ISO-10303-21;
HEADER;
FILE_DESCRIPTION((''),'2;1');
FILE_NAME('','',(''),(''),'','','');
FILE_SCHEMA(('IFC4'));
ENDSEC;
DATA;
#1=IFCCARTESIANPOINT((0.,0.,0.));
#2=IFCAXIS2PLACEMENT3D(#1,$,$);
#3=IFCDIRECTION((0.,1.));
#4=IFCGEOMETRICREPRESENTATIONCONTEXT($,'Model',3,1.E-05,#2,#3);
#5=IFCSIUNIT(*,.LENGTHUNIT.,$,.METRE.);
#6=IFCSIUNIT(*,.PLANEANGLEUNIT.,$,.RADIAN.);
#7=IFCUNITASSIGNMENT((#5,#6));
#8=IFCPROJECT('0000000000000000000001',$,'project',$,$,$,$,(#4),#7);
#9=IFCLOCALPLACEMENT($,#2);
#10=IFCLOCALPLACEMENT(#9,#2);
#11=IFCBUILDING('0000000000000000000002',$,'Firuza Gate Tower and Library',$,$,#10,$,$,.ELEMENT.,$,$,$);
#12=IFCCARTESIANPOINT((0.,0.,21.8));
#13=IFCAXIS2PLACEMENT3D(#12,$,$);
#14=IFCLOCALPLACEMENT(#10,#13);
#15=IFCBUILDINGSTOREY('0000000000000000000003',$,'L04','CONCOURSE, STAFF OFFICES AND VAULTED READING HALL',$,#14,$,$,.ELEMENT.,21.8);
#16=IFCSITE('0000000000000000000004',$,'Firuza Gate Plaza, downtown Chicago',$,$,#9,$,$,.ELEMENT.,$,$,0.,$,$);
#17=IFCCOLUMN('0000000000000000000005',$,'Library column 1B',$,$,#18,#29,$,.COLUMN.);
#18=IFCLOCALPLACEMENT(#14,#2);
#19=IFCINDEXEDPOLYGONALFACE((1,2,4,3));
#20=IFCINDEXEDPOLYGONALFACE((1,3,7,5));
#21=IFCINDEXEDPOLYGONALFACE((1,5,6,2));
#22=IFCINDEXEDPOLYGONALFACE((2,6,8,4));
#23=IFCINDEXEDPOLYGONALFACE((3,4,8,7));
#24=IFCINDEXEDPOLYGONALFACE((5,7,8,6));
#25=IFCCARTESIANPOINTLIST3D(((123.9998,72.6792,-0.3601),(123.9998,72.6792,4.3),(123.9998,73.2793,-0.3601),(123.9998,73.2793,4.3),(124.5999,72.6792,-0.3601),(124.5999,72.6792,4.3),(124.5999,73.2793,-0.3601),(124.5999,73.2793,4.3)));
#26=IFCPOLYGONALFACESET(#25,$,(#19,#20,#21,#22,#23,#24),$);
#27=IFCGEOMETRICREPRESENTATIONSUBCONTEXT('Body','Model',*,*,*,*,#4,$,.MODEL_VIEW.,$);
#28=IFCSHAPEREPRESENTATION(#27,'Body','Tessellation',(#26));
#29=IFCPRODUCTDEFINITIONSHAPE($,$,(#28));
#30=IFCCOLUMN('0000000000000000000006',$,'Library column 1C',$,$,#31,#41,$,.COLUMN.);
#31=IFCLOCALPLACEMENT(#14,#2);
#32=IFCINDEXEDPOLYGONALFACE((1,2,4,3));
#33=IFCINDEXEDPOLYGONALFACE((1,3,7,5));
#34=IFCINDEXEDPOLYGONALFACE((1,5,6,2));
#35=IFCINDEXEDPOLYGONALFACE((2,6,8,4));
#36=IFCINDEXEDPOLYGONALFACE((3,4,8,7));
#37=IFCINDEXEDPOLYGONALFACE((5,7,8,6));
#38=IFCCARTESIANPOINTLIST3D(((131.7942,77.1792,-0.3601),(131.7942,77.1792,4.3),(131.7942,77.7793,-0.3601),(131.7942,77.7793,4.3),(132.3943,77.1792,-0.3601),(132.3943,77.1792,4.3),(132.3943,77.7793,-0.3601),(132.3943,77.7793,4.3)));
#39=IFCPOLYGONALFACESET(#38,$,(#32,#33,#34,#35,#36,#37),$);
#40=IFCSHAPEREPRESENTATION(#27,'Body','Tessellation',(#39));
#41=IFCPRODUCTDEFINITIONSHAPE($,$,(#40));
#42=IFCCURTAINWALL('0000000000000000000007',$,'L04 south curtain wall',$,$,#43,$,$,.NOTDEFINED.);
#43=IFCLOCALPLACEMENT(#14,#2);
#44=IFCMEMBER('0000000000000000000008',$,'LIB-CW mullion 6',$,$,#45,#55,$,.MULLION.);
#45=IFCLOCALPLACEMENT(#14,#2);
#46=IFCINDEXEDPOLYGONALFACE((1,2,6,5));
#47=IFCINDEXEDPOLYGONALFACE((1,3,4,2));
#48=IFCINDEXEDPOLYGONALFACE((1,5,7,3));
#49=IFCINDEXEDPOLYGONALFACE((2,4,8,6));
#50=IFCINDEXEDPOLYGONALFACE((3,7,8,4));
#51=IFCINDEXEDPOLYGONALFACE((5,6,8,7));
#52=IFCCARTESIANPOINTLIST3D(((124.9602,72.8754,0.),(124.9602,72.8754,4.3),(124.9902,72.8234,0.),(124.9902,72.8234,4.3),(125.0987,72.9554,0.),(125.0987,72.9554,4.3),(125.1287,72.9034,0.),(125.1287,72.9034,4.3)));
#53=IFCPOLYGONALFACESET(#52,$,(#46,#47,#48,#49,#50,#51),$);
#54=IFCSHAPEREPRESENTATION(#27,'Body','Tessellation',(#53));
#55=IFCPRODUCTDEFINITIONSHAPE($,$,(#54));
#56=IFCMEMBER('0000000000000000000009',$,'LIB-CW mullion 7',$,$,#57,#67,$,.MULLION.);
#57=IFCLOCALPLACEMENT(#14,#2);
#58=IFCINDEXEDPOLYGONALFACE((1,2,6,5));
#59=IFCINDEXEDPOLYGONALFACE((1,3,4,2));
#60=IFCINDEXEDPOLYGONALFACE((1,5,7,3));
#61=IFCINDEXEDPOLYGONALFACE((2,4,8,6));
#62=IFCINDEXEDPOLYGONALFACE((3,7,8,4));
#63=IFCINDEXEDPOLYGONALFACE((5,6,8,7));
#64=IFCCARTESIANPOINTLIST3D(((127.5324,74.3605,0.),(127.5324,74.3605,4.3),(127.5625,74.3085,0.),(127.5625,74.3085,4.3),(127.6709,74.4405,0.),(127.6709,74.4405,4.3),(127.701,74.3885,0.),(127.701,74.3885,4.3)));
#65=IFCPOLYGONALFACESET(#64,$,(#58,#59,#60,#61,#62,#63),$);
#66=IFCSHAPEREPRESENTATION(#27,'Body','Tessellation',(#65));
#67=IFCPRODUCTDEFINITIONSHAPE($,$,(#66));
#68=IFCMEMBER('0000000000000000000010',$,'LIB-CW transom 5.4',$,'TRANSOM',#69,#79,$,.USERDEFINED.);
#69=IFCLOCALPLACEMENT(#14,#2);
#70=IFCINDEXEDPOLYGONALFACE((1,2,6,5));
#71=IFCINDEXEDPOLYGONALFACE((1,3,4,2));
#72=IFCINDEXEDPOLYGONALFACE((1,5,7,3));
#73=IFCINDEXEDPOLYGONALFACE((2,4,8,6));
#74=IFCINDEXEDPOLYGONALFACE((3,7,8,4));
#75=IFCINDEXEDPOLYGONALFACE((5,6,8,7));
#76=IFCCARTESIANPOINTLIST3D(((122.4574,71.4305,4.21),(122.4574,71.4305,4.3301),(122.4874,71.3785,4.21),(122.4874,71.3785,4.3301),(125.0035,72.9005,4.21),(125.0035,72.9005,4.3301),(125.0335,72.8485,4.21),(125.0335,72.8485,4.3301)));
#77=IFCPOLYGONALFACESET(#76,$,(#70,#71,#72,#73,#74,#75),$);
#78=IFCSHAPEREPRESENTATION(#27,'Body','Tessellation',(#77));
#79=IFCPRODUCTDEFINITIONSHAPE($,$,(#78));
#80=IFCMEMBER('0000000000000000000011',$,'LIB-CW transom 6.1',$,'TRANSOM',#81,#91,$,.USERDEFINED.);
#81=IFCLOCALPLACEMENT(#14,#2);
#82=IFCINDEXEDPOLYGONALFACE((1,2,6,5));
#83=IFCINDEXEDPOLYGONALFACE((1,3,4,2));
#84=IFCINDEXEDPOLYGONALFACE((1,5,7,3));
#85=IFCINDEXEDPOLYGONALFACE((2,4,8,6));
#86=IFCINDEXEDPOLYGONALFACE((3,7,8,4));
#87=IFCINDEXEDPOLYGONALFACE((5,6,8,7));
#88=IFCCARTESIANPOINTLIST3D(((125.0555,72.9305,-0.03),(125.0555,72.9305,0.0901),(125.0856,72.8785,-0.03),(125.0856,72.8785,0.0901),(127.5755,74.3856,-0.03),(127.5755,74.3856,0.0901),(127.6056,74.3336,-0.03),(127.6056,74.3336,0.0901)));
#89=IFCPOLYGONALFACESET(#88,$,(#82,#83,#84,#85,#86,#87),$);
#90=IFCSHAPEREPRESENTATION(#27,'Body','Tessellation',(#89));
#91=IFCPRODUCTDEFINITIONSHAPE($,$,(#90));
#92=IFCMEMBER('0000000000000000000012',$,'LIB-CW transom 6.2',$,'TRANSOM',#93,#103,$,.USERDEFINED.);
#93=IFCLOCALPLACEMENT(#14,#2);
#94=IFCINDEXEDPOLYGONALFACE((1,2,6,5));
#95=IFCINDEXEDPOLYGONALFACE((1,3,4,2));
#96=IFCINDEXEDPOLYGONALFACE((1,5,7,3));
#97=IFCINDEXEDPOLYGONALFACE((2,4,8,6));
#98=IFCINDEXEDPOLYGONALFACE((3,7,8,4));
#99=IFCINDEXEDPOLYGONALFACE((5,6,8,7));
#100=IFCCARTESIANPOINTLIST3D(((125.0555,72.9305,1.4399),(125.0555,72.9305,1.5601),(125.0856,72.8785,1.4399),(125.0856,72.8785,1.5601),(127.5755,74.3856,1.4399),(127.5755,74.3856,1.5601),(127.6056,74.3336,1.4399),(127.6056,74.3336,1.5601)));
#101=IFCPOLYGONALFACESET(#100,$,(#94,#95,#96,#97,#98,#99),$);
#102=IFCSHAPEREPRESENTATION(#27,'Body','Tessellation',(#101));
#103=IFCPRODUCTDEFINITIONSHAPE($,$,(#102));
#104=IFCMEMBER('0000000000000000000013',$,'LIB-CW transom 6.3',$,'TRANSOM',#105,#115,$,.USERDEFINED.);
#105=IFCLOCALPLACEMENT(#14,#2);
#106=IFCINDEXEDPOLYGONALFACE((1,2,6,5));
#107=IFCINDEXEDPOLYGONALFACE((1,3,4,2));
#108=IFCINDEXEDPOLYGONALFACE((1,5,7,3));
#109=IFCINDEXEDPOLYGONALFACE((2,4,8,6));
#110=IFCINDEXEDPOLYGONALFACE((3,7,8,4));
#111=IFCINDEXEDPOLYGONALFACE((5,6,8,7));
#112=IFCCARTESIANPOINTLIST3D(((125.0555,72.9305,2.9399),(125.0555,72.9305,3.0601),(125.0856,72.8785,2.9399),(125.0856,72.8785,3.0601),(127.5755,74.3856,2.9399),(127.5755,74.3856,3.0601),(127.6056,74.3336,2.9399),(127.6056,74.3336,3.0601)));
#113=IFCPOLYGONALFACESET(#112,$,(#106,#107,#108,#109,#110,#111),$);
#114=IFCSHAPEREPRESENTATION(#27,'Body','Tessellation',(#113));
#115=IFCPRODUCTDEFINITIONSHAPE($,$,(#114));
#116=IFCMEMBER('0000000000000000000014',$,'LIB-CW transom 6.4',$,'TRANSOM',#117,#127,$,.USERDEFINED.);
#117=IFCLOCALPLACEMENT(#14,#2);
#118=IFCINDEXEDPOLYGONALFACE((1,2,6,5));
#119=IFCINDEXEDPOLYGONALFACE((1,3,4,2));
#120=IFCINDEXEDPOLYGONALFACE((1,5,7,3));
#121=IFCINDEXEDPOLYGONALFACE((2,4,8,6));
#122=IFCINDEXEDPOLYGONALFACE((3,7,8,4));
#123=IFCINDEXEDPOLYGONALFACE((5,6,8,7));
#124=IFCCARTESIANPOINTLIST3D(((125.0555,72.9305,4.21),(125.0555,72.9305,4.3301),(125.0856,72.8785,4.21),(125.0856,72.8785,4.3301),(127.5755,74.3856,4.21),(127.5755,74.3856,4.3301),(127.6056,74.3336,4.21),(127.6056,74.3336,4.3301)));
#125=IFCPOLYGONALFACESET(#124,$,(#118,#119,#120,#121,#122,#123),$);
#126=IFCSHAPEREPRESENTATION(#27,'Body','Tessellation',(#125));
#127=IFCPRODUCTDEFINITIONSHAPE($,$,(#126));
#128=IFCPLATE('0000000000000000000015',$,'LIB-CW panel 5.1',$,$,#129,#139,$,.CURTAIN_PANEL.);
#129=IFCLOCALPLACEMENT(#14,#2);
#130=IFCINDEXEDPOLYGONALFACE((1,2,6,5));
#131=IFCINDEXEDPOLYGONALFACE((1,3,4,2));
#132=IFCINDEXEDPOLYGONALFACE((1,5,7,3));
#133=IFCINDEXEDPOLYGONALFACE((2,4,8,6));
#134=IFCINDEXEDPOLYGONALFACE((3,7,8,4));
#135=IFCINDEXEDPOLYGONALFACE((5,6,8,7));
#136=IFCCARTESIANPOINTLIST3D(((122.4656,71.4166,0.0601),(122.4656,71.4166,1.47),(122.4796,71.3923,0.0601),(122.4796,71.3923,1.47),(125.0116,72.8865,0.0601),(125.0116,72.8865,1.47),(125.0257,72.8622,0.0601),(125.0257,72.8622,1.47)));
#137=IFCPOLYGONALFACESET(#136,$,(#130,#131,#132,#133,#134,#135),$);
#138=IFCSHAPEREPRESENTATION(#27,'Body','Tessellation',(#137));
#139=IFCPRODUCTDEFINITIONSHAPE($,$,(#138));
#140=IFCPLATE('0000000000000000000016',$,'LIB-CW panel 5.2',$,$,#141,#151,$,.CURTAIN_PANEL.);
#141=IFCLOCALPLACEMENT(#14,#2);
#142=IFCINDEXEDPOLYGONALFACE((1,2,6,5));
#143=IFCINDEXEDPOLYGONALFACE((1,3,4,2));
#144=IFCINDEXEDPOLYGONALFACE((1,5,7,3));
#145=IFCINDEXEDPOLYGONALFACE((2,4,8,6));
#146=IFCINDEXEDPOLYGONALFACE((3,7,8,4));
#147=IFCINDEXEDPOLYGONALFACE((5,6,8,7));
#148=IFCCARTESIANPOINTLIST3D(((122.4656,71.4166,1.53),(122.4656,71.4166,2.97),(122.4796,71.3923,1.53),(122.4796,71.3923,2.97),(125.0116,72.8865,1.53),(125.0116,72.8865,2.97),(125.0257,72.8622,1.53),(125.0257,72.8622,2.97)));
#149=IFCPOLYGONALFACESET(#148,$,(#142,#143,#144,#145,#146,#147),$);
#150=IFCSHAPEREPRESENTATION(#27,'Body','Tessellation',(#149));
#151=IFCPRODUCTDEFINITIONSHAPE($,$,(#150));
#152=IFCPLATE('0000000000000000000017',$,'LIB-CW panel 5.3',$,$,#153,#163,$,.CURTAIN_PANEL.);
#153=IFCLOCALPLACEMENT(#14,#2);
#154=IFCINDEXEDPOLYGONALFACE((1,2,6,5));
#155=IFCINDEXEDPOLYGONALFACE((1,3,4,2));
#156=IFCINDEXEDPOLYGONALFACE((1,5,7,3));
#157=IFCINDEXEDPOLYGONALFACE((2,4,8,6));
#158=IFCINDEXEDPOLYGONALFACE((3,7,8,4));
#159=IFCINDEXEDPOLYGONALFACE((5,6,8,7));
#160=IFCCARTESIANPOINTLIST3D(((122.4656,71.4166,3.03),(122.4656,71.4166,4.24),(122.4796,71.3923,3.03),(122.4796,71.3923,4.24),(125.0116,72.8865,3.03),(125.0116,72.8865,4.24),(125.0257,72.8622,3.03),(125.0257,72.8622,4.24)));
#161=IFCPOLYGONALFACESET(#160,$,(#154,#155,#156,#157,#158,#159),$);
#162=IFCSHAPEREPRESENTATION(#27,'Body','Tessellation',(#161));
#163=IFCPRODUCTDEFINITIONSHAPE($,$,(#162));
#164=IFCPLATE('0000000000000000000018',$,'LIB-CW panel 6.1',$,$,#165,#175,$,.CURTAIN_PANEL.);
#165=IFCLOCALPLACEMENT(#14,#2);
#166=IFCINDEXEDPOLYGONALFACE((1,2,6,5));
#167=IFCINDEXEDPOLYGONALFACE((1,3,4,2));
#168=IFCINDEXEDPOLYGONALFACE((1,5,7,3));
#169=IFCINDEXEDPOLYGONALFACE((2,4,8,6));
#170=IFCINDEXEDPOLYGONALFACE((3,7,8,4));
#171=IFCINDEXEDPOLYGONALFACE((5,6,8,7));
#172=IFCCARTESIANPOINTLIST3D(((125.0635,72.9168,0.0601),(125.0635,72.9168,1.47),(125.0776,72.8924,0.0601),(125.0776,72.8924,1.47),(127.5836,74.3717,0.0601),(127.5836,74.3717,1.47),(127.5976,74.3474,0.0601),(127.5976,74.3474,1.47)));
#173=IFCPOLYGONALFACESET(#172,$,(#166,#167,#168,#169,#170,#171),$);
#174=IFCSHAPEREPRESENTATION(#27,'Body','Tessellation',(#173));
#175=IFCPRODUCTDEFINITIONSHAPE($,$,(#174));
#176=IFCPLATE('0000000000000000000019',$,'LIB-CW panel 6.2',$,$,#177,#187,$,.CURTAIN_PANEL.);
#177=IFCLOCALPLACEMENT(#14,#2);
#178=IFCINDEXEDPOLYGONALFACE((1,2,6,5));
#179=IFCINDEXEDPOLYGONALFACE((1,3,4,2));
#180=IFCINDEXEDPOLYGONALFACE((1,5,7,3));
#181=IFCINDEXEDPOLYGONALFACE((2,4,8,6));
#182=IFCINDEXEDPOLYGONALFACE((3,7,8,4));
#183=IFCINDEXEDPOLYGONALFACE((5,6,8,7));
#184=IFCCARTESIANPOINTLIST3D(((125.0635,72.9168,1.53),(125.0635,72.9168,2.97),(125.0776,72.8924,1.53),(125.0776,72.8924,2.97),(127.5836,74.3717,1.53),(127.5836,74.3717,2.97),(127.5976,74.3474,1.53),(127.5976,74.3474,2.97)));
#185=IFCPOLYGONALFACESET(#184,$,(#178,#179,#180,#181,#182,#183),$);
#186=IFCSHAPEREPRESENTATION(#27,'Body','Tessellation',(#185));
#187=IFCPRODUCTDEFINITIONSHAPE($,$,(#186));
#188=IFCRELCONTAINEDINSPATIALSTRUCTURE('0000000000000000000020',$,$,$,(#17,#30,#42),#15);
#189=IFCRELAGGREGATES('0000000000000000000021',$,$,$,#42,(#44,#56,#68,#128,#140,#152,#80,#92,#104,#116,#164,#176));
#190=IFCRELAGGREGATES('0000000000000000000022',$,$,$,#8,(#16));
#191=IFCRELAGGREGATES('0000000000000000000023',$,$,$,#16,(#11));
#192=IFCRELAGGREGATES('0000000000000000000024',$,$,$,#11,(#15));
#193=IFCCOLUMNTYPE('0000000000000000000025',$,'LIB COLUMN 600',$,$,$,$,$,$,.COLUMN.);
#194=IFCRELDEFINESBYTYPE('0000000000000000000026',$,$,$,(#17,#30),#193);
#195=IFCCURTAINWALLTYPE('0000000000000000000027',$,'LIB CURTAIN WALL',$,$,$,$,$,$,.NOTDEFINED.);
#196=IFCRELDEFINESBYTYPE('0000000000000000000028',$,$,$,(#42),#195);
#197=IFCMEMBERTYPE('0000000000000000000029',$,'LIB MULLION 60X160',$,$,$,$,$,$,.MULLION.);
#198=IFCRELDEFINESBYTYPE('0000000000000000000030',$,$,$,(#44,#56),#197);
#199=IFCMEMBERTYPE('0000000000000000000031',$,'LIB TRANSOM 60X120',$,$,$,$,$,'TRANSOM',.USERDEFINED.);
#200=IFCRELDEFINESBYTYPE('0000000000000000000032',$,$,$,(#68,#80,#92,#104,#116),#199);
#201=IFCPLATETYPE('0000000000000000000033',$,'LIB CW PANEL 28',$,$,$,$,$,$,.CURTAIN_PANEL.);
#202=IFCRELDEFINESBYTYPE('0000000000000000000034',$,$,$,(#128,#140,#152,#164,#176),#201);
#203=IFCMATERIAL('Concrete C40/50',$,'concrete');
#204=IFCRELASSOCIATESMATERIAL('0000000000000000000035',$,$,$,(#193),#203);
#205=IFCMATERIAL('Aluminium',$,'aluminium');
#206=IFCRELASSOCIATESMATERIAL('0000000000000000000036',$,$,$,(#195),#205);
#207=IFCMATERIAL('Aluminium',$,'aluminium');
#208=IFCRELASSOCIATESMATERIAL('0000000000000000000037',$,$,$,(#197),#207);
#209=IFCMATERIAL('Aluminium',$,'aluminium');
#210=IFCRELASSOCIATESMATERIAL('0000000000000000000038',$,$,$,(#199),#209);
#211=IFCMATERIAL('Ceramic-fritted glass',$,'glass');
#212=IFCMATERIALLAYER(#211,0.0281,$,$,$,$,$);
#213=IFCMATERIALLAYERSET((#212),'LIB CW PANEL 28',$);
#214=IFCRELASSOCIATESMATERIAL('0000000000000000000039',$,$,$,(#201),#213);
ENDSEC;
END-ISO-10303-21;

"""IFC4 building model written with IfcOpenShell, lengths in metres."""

from ifc_helpers import new_model, si_unit, direction, frame, origin, origin_2d, place, context, subcontext, project, spatial, rectangle, extrude, material, layer, layer_set, material_profile, profile_set, type_object, element, aggregate, save


model = new_model("IFC4")

# Units and contexts
model_context = context("Model", 3, precision=1e-05, world=origin(), true_north=direction((0.0, 1.0)))
body_context = subcontext(model_context, "Body", "Model", "MODEL_VIEW")
ifc_project = project(units=[si_unit("LENGTHUNIT", "METRE"), si_unit("PLANEANGLEUNIT", "RADIAN")], contexts=[model_context])

# Site, building, storey
site_placement = place(None, origin())
site = spatial("IfcSite", under=ifc_project, at=site_placement, Name="Firuza Gate Plaza, downtown Chicago", CompositionType="ELEMENT", RefElevation=0.0)
building_placement = place(site_placement, origin())
building = spatial("IfcBuilding", under=site, at=building_placement, Name="Firuza Gate Tower and Library", CompositionType="ELEMENT")
storey_placement = place(building_placement, frame((0.0, 0.0, 21.8)))
storey = spatial("IfcBuildingStorey", under=building, at=storey_placement, Name="L04", Description="CONCOURSE, STAFF OFFICES AND VAULTED READING HALL", CompositionType="ELEMENT", Elevation=21.8)

# Columns
ifc_material_1 = material(Name="Concrete C40/50", Category="concrete")
ifc_material_profile_1 = material_profile(ifc_material_1, rectangle(XDim=0.6001, YDim=0.6001, at=origin_2d()))
ifc_profile_set_1 = profile_set([ifc_material_profile_1], Name="Concrete C40/50")
column_type = type_object("IfcColumnType", Name="LIB COLUMN 600", PredefinedType="COLUMN", material=ifc_profile_set_1)
for number, where, z_axis, x_axis, name in (
    (1, (124.2998, 72.9792, -0.3601), (0.0, 0.0, 1.0), (1.0, 0.0, 0.0), "Library column 1B"),
    (2, (132.0942, 77.4792, -0.3601), (0.0, 0.0, 1.0), (1.0, 0.0, 0.0), "Library column 1C"),
):
    element("IfcColumn", number, at=place(storey_placement, frame(where, z_axis=z_axis, x_axis=x_axis)), inside=storey, type_object=column_type, Name=name, PredefinedType="COLUMN", context=body_context, shape_type="SweptSolid", body=[
        extrude(rectangle(XDim=0.6001, YDim=0.6001, at=origin_2d()), origin(), (0.0, 0.0, 1.0), 4.6602),
    ])

# Curtain wall, members, plates
ifc_material_2 = material(Name="Aluminium", Category="aluminium")
curtain_wall_type = type_object("IfcCurtainWallType", Name="LIB CURTAIN WALL", PredefinedType="NOTDEFINED", material=ifc_material_2)
curtain_wall_placement = place(storey_placement, origin())
curtain_wall = element("IfcCurtainWall", 3, at=curtain_wall_placement, inside=storey, type_object=curtain_wall_type, Name="L04 south curtain wall", PredefinedType="NOTDEFINED")
ifc_material_3 = material(Name="Aluminium", Category="aluminium")
ifc_material_profile_2 = material_profile(ifc_material_3, rectangle(XDim=0.0601, YDim=0.1599, at=origin_2d()))
ifc_profile_set_2 = profile_set([ifc_material_profile_2], Name="Aluminium")
member_type_1 = type_object("IfcMemberType", Name="LIB MULLION 60X160", PredefinedType="MULLION", material=ifc_profile_set_2)
member_1_placement = place(storey_placement, frame((125.0444, 72.8894, 0.0), z_axis=(0.0, 0.0, 1.0), x_axis=(-0.500001, 0.866025, 0.0)))
member_1 = element("IfcMember", 4, at=member_1_placement, type_object=member_type_1, Name="LIB-CW mullion 6", PredefinedType="MULLION", context=body_context, shape_type="SweptSolid", body=[
    extrude(rectangle(XDim=0.0601, YDim=0.1599, at=origin_2d()), origin(), (0.0, 0.0, 1.0), 4.3),
])
member_2_placement = place(storey_placement, frame((127.6167, 74.3745, 0.0), z_axis=(0.0, 0.0, 1.0), x_axis=(-0.500001, 0.866025, 0.0)))
member_2 = element("IfcMember", 5, at=member_2_placement, type_object=member_type_1, Name="LIB-CW mullion 7", PredefinedType="MULLION", context=body_context, shape_type="SweptSolid", body=[
    extrude(rectangle(XDim=0.0601, YDim=0.1599, at=origin_2d()), origin(), (0.0, 0.0, 1.0), 4.3),
])
ifc_material_4 = material(Name="Aluminium", Category="aluminium")
ifc_material_profile_3 = material_profile(ifc_material_4, rectangle(XDim=0.0601, YDim=0.1201, at=origin_2d()))
ifc_profile_set_3 = profile_set([ifc_material_profile_3], Name="Aluminium")
member_type_2 = type_object("IfcMemberType", Name="LIB TRANSOM 60X120", ElementType="TRANSOM", PredefinedType="USERDEFINED", material=ifc_profile_set_3)
member_3_placement = place(storey_placement, frame((122.4724, 71.4045, 4.27), z_axis=(0.866032, 0.499988, 0.0), x_axis=(-0.499988, 0.866032, 0.0)))
member_3 = element("IfcMember", 6, at=member_3_placement, type_object=member_type_2, Name="LIB-CW transom 5.4", ObjectType="TRANSOM", PredefinedType="USERDEFINED", context=body_context, shape_type="SweptSolid", body=[
    extrude(rectangle(XDim=0.0601, YDim=0.1201, at=origin_2d()), origin(), (0.0, 0.0, 1.0), 2.9399),
])
member_4_placement = place(storey_placement, frame((125.0706, 72.9045, 0.03), z_axis=(0.866004, 0.500037, 0.0), x_axis=(-0.500037, 0.866004, 0.0)))
member_4 = element("IfcMember", 7, at=member_4_placement, type_object=member_type_2, Name="LIB-CW transom 6.1", ObjectType="TRANSOM", PredefinedType="USERDEFINED", context=body_context, shape_type="SweptSolid", body=[
    extrude(rectangle(XDim=0.0601, YDim=0.1201, at=origin_2d()), origin(), (0.0, 0.0, 1.0), 2.9099),
])
member_5_placement = place(storey_placement, frame((125.0706, 72.9045, 1.5), z_axis=(0.866004, 0.500037, 0.0), x_axis=(-0.500037, 0.866004, 0.0)))
member_5 = element("IfcMember", 8, at=member_5_placement, type_object=member_type_2, Name="LIB-CW transom 6.2", ObjectType="TRANSOM", PredefinedType="USERDEFINED", context=body_context, shape_type="SweptSolid", body=[
    extrude(rectangle(XDim=0.0601, YDim=0.1201, at=origin_2d()), origin(), (0.0, 0.0, 1.0), 2.9099),
])
member_6_placement = place(storey_placement, frame((125.0706, 72.9045, 3.0), z_axis=(0.866004, 0.500037, 0.0), x_axis=(-0.500037, 0.866004, 0.0)))
member_6 = element("IfcMember", 9, at=member_6_placement, type_object=member_type_2, Name="LIB-CW transom 6.3", ObjectType="TRANSOM", PredefinedType="USERDEFINED", context=body_context, shape_type="SweptSolid", body=[
    extrude(rectangle(XDim=0.0601, YDim=0.1201, at=origin_2d()), origin(), (0.0, 0.0, 1.0), 2.9099),
])
member_7_placement = place(storey_placement, frame((125.0706, 72.9045, 4.27), z_axis=(0.866004, 0.500037, 0.0), x_axis=(-0.500037, 0.866004, 0.0)))
member_7 = element("IfcMember", 10, at=member_7_placement, type_object=member_type_2, Name="LIB-CW transom 6.4", ObjectType="TRANSOM", PredefinedType="USERDEFINED", context=body_context, shape_type="SweptSolid", body=[
    extrude(rectangle(XDim=0.0601, YDim=0.1201, at=origin_2d()), origin(), (0.0, 0.0, 1.0), 2.9099),
])
ifc_material_5 = material(Name="Ceramic-fritted glass", Category="glass")
ifc_layer_1 = layer(ifc_material_5, 0.0281)
ifc_layer_set_1 = layer_set([ifc_layer_1], Name="LIB CW PANEL 28")
plate_type = type_object("IfcPlateType", Name="LIB CW PANEL 28", PredefinedType="CURTAIN_PANEL", material=ifc_layer_set_1)
plate_1_placement = place(storey_placement, frame((123.7456, 72.1394, 0.0601), z_axis=(0.0, 0.0, 1.0), x_axis=(0.866025, 0.500001, 0.0)))
plate_1 = element("IfcPlate", 11, at=plate_1_placement, type_object=plate_type, Name="LIB-CW panel 5.1", PredefinedType="CURTAIN_PANEL", context=body_context, shape_type="SweptSolid", body=[
    extrude(rectangle(XDim=2.9399, YDim=0.0281, at=origin_2d()), origin(), (0.0, 0.0, 1.0), 1.4099),
])
plate_2_placement = place(storey_placement, frame((123.7456, 72.1394, 1.53), z_axis=(0.0, 0.0, 1.0), x_axis=(0.866025, 0.500001, 0.0)))
plate_2 = element("IfcPlate", 12, at=plate_2_placement, type_object=plate_type, Name="LIB-CW panel 5.2", PredefinedType="CURTAIN_PANEL", context=body_context, shape_type="SweptSolid", body=[
    extrude(rectangle(XDim=2.9399, YDim=0.0281, at=origin_2d()), origin(), (0.0, 0.0, 1.0), 1.4399),
])
plate_3_placement = place(storey_placement, frame((123.7456, 72.1394, 3.03), z_axis=(0.0, 0.0, 1.0), x_axis=(0.866025, 0.500001, 0.0)))
plate_3 = element("IfcPlate", 13, at=plate_3_placement, type_object=plate_type, Name="LIB-CW panel 5.3", PredefinedType="CURTAIN_PANEL", context=body_context, shape_type="SweptSolid", body=[
    extrude(rectangle(XDim=2.9399, YDim=0.0281, at=origin_2d()), origin(), (0.0, 0.0, 1.0), 1.21),
])
plate_4_placement = place(storey_placement, frame((126.3306, 73.6321, 0.0601), z_axis=(0.0, 0.0, 1.0), x_axis=(0.866025, 0.500001, 0.0)))
plate_4 = element("IfcPlate", 14, at=plate_4_placement, type_object=plate_type, Name="LIB-CW panel 6.1", PredefinedType="CURTAIN_PANEL", context=body_context, shape_type="SweptSolid", body=[
    extrude(rectangle(XDim=2.9099, YDim=0.0281, at=origin_2d()), origin(), (0.0, 0.0, 1.0), 1.4099),
])
plate_5_placement = place(storey_placement, frame((126.3306, 73.6321, 1.53), z_axis=(0.0, 0.0, 1.0), x_axis=(0.866025, 0.500001, 0.0)))
plate_5 = element("IfcPlate", 15, at=plate_5_placement, type_object=plate_type, Name="LIB-CW panel 6.2", PredefinedType="CURTAIN_PANEL", context=body_context, shape_type="SweptSolid", body=[
    extrude(rectangle(XDim=2.9099, YDim=0.0281, at=origin_2d()), origin(), (0.0, 0.0, 1.0), 1.4399),
])
aggregate(curtain_wall, [member_1, member_2, member_3, plate_1, plate_2, plate_3, member_4, member_5, member_6, member_7, plate_4, plate_5])

save(model, "model.ifc")
